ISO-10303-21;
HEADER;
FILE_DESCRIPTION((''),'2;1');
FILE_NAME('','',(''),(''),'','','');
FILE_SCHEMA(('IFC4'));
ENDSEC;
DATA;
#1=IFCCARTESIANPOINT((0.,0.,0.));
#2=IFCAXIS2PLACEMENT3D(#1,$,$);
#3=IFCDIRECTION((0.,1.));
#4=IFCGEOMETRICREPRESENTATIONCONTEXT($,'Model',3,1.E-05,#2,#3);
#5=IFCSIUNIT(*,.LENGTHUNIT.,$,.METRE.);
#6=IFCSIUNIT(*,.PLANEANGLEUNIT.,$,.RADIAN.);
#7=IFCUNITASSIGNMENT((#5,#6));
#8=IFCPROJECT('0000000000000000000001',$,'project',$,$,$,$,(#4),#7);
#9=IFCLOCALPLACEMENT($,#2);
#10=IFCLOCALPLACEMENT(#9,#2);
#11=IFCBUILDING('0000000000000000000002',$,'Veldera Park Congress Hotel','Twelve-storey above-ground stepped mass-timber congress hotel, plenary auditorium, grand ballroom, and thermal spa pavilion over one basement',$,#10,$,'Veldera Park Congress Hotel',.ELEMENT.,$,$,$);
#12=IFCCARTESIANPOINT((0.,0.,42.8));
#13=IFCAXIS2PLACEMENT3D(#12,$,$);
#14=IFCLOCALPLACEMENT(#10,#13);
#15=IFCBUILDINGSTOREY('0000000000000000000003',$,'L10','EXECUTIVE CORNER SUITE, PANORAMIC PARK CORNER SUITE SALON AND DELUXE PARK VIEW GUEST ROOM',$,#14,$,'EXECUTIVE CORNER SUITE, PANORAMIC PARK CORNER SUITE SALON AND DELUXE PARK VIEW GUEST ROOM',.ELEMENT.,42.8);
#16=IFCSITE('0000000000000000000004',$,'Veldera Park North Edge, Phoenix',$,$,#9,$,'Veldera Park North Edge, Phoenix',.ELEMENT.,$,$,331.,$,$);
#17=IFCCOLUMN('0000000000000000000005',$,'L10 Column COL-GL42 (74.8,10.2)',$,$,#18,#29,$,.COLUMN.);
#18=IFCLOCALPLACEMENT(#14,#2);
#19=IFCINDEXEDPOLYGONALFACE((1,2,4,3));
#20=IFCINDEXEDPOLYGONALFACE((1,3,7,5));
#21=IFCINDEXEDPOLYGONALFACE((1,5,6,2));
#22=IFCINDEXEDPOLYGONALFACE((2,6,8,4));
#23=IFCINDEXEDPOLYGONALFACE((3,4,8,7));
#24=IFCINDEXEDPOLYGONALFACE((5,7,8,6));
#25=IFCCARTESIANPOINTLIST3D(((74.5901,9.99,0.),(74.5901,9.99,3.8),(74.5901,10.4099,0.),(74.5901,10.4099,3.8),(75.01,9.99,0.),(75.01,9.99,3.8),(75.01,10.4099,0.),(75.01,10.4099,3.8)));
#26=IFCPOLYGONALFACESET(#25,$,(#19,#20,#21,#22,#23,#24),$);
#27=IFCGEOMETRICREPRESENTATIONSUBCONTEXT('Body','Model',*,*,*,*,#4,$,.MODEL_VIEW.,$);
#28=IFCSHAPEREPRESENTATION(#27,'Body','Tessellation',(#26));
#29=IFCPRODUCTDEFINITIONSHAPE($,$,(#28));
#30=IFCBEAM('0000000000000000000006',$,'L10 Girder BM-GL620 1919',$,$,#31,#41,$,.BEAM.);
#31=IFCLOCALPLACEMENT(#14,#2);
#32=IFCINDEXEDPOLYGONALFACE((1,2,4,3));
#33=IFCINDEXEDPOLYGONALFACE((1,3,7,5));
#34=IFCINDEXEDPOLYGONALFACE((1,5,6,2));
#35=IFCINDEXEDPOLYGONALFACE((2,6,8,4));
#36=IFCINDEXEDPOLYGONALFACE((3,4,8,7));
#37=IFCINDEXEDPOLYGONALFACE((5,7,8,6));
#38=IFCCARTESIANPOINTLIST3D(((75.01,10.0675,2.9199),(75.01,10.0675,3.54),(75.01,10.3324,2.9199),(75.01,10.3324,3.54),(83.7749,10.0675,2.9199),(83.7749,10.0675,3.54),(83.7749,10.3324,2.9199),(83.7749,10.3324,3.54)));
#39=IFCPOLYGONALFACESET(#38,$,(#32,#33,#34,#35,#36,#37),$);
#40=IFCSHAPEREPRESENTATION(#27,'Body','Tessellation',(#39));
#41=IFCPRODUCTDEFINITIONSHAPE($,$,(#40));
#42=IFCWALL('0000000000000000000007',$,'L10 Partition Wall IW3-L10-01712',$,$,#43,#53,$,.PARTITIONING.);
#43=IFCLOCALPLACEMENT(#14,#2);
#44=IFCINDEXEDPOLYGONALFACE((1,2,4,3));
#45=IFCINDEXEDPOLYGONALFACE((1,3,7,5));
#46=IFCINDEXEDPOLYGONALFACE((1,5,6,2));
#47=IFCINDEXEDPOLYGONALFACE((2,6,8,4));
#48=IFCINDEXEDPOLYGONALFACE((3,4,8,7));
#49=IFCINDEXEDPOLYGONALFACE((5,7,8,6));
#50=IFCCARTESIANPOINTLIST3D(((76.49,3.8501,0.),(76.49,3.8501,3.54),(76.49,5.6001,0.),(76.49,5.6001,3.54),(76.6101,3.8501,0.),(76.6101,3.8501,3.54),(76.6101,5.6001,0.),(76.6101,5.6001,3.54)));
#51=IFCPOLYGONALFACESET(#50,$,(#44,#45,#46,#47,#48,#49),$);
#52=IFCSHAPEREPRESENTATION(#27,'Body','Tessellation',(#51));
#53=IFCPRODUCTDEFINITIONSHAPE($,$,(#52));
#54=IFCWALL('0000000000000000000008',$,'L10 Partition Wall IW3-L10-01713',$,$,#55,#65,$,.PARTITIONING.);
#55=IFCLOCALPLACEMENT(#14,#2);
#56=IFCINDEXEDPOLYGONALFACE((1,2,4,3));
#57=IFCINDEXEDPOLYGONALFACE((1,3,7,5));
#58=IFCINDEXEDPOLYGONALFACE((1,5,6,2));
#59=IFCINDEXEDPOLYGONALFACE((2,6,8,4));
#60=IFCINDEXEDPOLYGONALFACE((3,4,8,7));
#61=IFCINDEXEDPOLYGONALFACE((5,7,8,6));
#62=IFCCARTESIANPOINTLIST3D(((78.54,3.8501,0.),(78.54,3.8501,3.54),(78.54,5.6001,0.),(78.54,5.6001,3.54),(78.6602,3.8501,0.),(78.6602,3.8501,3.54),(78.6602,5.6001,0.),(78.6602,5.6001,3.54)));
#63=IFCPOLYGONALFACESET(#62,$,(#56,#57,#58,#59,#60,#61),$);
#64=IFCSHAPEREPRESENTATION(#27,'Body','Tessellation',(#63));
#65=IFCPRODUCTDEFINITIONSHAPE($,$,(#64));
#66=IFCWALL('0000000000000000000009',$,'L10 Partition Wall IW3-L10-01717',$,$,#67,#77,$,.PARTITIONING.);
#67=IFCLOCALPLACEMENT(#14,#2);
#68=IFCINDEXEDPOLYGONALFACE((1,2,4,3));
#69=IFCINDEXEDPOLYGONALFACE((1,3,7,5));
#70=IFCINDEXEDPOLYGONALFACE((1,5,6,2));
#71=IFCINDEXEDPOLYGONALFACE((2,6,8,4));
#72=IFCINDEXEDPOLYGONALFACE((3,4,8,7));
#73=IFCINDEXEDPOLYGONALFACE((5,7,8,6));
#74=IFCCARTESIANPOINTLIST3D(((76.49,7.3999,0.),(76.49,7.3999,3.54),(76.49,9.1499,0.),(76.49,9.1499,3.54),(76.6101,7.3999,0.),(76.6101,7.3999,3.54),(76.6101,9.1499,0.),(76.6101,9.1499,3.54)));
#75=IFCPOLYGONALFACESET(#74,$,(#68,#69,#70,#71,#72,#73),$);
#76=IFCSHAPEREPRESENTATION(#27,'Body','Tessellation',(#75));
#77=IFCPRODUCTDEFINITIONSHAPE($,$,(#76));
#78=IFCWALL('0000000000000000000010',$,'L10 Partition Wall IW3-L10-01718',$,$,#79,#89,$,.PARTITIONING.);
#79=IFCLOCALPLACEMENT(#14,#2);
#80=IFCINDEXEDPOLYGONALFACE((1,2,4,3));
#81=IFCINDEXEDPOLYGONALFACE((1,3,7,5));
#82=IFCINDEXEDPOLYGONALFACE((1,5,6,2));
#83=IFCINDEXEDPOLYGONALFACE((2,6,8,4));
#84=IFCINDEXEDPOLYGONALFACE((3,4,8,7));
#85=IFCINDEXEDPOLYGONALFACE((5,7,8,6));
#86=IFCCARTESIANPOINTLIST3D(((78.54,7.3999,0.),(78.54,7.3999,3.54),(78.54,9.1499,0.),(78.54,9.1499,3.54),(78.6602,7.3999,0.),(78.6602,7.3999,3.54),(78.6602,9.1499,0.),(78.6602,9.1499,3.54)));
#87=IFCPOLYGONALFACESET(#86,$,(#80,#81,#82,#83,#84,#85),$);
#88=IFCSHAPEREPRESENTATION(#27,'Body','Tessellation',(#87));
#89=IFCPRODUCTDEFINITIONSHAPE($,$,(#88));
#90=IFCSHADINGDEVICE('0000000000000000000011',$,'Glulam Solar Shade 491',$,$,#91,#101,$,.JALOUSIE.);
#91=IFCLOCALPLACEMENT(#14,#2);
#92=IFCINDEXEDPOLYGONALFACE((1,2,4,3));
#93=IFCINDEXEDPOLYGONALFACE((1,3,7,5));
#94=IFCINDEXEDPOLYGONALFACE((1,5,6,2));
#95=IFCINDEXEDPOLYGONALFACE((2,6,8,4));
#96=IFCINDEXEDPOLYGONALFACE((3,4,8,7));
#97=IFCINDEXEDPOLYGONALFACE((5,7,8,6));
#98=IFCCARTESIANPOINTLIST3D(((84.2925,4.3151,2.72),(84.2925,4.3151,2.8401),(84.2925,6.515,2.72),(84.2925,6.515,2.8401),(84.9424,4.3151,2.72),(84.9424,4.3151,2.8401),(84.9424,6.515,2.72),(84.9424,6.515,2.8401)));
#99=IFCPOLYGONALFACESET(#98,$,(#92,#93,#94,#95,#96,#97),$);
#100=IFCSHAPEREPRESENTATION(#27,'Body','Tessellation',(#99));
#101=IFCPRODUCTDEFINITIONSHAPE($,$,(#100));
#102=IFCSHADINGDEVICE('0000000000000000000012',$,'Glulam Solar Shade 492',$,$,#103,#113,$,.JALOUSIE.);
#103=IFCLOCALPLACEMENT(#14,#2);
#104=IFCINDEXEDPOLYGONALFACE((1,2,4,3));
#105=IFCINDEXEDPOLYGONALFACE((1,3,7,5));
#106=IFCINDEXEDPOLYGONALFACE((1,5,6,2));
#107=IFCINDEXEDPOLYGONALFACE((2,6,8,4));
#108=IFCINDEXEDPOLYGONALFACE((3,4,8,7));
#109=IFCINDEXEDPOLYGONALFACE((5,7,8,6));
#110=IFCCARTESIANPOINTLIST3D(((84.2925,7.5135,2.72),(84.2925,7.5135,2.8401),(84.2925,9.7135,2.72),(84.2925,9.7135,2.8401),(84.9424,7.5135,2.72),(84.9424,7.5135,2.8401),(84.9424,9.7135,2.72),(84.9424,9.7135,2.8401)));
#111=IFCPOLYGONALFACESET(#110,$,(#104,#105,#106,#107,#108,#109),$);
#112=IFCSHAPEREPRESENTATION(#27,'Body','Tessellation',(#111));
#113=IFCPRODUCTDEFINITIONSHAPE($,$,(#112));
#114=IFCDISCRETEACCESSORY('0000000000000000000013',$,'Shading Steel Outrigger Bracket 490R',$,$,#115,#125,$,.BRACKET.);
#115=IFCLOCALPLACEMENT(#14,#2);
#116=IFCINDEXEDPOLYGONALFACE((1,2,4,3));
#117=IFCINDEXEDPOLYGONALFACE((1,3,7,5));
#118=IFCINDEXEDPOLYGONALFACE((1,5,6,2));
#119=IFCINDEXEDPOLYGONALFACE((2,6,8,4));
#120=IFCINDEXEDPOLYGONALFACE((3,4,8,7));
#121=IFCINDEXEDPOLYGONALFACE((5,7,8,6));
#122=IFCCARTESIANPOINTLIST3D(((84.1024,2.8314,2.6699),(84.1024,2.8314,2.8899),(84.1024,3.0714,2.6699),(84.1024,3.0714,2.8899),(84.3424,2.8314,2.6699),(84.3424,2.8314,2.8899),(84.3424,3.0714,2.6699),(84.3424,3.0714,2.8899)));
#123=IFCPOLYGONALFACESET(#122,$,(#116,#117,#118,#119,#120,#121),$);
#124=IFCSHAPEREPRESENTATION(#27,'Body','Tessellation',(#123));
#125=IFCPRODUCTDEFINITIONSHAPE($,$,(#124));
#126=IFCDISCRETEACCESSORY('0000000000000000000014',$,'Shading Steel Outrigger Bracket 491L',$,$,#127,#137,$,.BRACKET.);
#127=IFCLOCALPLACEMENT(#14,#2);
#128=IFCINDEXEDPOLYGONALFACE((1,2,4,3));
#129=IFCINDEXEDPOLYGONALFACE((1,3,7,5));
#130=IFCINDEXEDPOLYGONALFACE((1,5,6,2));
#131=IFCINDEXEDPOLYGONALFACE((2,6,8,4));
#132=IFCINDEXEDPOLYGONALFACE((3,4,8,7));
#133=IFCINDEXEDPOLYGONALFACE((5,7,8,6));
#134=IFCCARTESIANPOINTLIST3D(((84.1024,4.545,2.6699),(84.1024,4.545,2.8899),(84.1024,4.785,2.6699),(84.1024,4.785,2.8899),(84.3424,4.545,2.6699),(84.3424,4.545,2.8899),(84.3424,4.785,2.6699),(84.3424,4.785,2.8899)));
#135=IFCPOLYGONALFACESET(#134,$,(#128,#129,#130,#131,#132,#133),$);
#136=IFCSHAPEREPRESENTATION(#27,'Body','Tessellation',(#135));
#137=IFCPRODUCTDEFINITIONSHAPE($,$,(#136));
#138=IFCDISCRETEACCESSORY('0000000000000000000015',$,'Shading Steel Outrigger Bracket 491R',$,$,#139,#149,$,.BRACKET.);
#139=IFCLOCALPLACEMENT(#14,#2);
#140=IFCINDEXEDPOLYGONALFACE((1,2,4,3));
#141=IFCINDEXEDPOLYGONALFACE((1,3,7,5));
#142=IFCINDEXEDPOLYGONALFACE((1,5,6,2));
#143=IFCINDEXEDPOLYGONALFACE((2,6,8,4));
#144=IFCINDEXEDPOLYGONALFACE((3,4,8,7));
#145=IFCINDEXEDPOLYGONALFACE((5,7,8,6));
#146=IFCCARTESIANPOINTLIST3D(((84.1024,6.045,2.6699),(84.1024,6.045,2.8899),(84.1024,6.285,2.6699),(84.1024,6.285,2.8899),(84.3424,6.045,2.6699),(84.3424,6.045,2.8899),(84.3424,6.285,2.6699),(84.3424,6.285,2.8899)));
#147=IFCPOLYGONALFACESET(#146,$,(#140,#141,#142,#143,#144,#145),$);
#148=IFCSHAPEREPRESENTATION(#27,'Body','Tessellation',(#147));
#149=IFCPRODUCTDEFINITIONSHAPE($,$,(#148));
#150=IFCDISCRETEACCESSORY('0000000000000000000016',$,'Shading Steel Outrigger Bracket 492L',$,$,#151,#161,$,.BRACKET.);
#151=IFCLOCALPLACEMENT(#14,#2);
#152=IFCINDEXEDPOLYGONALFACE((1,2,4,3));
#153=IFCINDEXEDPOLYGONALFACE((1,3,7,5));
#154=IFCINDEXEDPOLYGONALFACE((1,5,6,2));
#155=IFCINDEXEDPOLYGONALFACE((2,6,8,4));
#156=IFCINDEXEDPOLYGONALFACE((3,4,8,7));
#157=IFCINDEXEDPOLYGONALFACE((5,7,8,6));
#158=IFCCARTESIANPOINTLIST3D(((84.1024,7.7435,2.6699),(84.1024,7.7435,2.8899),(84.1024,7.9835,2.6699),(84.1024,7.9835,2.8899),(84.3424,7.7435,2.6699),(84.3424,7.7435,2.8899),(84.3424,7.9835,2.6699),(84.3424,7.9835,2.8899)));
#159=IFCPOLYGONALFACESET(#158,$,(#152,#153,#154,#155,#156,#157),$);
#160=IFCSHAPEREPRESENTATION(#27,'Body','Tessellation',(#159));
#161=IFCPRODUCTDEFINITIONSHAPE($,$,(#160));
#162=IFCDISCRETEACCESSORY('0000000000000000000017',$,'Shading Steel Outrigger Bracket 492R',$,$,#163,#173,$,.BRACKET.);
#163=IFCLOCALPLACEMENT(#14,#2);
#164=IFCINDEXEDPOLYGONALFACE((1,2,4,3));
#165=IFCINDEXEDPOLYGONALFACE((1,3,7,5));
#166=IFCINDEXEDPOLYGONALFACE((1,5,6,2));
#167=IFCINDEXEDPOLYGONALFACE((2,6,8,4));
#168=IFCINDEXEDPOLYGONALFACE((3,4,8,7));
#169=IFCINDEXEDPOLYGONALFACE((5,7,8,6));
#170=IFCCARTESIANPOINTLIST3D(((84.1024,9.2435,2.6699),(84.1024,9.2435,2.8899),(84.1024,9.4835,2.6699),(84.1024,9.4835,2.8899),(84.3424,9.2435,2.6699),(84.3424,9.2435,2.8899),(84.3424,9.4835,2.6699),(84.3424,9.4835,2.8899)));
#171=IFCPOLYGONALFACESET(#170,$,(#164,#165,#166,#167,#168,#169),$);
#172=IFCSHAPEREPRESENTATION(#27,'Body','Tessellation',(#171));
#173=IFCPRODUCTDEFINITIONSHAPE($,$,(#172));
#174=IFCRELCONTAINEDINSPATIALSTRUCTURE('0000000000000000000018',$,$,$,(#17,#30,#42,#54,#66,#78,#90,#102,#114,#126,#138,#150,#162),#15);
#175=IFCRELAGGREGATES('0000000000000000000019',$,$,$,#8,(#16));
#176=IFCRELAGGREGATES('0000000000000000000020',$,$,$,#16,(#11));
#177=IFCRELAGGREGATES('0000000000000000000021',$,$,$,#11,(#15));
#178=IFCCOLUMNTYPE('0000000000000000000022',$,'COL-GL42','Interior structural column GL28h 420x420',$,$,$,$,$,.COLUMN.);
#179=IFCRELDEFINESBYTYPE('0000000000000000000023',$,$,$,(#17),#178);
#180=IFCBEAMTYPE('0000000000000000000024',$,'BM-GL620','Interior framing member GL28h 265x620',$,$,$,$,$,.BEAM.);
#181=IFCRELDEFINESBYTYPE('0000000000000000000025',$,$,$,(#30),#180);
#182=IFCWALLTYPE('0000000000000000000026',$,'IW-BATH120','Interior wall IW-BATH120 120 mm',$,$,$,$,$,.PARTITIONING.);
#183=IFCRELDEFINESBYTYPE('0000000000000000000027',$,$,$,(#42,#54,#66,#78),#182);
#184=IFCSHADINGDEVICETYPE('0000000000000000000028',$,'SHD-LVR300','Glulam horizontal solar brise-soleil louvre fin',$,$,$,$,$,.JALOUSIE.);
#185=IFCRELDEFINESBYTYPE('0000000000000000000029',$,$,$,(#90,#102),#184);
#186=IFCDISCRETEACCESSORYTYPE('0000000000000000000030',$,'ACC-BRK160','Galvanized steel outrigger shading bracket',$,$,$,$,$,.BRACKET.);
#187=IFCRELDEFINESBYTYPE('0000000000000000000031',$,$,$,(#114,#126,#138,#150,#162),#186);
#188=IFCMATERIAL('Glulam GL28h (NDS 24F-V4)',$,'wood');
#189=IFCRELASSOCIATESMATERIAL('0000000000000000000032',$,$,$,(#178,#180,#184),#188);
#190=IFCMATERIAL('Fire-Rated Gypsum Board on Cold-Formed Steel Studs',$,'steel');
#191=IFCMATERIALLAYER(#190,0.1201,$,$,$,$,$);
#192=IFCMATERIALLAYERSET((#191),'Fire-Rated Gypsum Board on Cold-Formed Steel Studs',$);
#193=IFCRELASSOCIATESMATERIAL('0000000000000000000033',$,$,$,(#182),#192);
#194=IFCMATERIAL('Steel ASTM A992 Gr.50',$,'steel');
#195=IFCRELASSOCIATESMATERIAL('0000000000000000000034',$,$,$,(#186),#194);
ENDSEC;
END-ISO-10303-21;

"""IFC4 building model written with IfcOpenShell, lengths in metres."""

from ifc_helpers import new_model, si_unit, direction, frame, frame_2d, origin, origin_2d, place, context, subcontext, project, spatial, rectangle, extrude, material, layer, layer_set, material_profile, profile_set, type_object, element, save


model = new_model("IFC4")

# Units and contexts
model_context = context("Model", 3, precision=1e-05, world=origin(), true_north=direction((0.0, 1.0)))
body_context = subcontext(model_context, "Body", "Model", "MODEL_VIEW")
ifc_project = project(units=[si_unit("LENGTHUNIT", "METRE"), si_unit("PLANEANGLEUNIT", "RADIAN")], contexts=[model_context])

# Site, building, storey
site_placement = place(None, origin())
site = spatial("IfcSite", under=ifc_project, at=site_placement, Name="Veldera Park North Edge, Phoenix", LongName="Veldera Park North Edge, Phoenix", CompositionType="ELEMENT", RefElevation=331.0)
building_placement = place(site_placement, origin())
building = spatial("IfcBuilding", under=site, at=building_placement, Name="Veldera Park Congress Hotel", Description="Twelve-storey above-ground stepped mass-timber congress hotel, plenary auditorium, grand ballroom, and thermal spa pavilion over one basement", LongName="Veldera Park Congress Hotel", CompositionType="ELEMENT")
storey_placement = place(building_placement, frame((0.0, 0.0, 42.8)))
storey = spatial("IfcBuildingStorey", under=building, at=storey_placement, Name="L10", Description="EXECUTIVE CORNER SUITE, PANORAMIC PARK CORNER SUITE SALON AND DELUXE PARK VIEW GUEST ROOM", LongName="EXECUTIVE CORNER SUITE, PANORAMIC PARK CORNER SUITE SALON AND DELUXE PARK VIEW GUEST ROOM", CompositionType="ELEMENT", Elevation=42.8)

# Column
ifc_material_1 = material(Name="Glulam GL28h (NDS 24F-V4)", Category="wood")
ifc_material_profile_1 = material_profile(ifc_material_1, rectangle(XDim=0.4199, YDim=0.4199, at=origin_2d()), Name="GL28h 420x420")
ifc_profile_set_1 = profile_set([ifc_material_profile_1], Name="Glulam GL28h (NDS 24F-V4)")
column_type = type_object("IfcColumnType", Name="COL-GL42", Description="Interior structural column GL28h 420x420", PredefinedType="COLUMN", material=ifc_profile_set_1)
column_placement = place(storey_placement, frame((74.8, 10.2, 0.0), z_axis=(0.0, 0.0, 1.0), x_axis=(1.0, 0.0, 0.0)))
element("IfcColumn", 1, at=column_placement, inside=storey, type_object=column_type, Name="L10 Column COL-GL42 (74.8,10.2)", PredefinedType="COLUMN", context=body_context, shape_type="SweptSolid", body=[
    extrude(rectangle(XDim=0.4199, YDim=0.4199, at=origin_2d()), origin(), (0.0, 0.0, 1.0), 3.8),
])

# Beam
ifc_material_profile_2 = material_profile(ifc_material_1, rectangle(XDim=0.2649, YDim=0.6201, at=origin_2d()), Name="GL28h 265x620")
ifc_profile_set_2 = profile_set([ifc_material_profile_2], Name="Glulam GL28h (NDS 24F-V4)")
beam_type = type_object("IfcBeamType", Name="BM-GL620", Description="Interior framing member GL28h 265x620", PredefinedType="BEAM", material=ifc_profile_set_2)
beam_placement = place(storey_placement, frame((75.01, 10.2, 3.23), z_axis=(1.0, 0.0, 0.0), x_axis=(0.0, 1.0, 0.0)))
element("IfcBeam", 2, at=beam_placement, inside=storey, type_object=beam_type, Name="L10 Girder BM-GL620 1919", PredefinedType="BEAM", context=body_context, shape_type="SweptSolid", body=[
    extrude(rectangle(XDim=0.2649, YDim=0.6201, at=origin_2d()), origin(), (0.0, 0.0, 1.0), 8.7649),
])

# Walls
ifc_material_2 = material(Name="Fire-Rated Gypsum Board on Cold-Formed Steel Studs", Category="steel")
ifc_layer = layer(ifc_material_2, 0.1201)
ifc_layer_set = layer_set([ifc_layer], Name="Fire-Rated Gypsum Board on Cold-Formed Steel Studs")
wall_type = type_object("IfcWallType", Name="IW-BATH120", Description="Interior wall IW-BATH120 120 mm", PredefinedType="PARTITIONING", material=ifc_layer_set)
for number, where, z_axis, x_axis, name in (
    (3, (76.55, 3.8501, 0.0), (0.0, 0.0, 1.0), (0.0, 1.0, 0.0), "L10 Partition Wall IW3-L10-01712"),
    (4, (78.6001, 3.8501, 0.0), (0.0, 0.0, 1.0), (0.0, 1.0, 0.0), "L10 Partition Wall IW3-L10-01713"),
):
    element("IfcWall", number, at=place(storey_placement, frame(where, z_axis=z_axis, x_axis=x_axis)), inside=storey, type_object=wall_type, Name=name, PredefinedType="PARTITIONING", context=body_context, shape_type="SweptSolid", body=[
        extrude(rectangle(XDim=1.75, YDim=0.1201, at=frame_2d((0.875, 0.0))), origin(), (0.0, 0.0, 1.0), 3.54),
    ])

# Walls
for number, where, z_axis, x_axis, name in (
    (5, (76.55, 7.3999, 0.0), (0.0, 0.0, 1.0), (0.0, 1.0, 0.0), "L10 Partition Wall IW3-L10-01717"),
    (6, (78.6001, 7.3999, 0.0), (0.0, 0.0, 1.0), (0.0, 1.0, 0.0), "L10 Partition Wall IW3-L10-01718"),
):
    element("IfcWall", number, at=place(storey_placement, frame(where, z_axis=z_axis, x_axis=x_axis)), inside=storey, type_object=wall_type, Name=name, PredefinedType="PARTITIONING", context=body_context, shape_type="SweptSolid", body=[
        extrude(rectangle(XDim=1.75, YDim=0.1201, at=frame_2d((0.875, 0.0))), origin(), (0.0, 0.0, 1.0), 3.54),
    ])

# Shading devices
shading_device_type = type_object("IfcShadingDeviceType", Name="SHD-LVR300", Description="Glulam horizontal solar brise-soleil louvre fin", PredefinedType="JALOUSIE", material=ifc_material_1)
for number, where, z_axis, x_axis, name in (
    (7, (84.6174, 5.415, 2.72), (0.0, 0.0, 1.0), (0.0, 1.0, 0.0), "Glulam Solar Shade 491"),
    (8, (84.6174, 8.6135, 2.72), (0.0, 0.0, 1.0), (0.0, 1.0, 0.0), "Glulam Solar Shade 492"),
):
    element("IfcShadingDevice", number, at=place(storey_placement, frame(where, z_axis=z_axis, x_axis=x_axis)), inside=storey, type_object=shading_device_type, Name=name, PredefinedType="JALOUSIE", context=body_context, shape_type="SweptSolid", body=[
        extrude(rectangle(XDim=2.2, YDim=0.6499, at=origin_2d()), origin(), (0.0, 0.0, 1.0), 0.1201),
    ])

# Discrete accessories
ifc_material_3 = material(Name="Steel ASTM A992 Gr.50", Category="steel")
discrete_accessory_type = type_object("IfcDiscreteAccessoryType", Name="ACC-BRK160", Description="Galvanized steel outrigger shading bracket", PredefinedType="BRACKET", material=ifc_material_3)
for number, where, z_axis, x_axis, name in (
    (9, (84.2224, 2.9514, 2.6699), (0.0, 0.0, 1.0), (0.0, 1.0, 0.0), "Shading Steel Outrigger Bracket 490R"),
    (10, (84.2224, 4.665, 2.6699), (0.0, 0.0, 1.0), (0.0, 1.0, 0.0), "Shading Steel Outrigger Bracket 491L"),
    (11, (84.2224, 6.165, 2.6699), (0.0, 0.0, 1.0), (0.0, 1.0, 0.0), "Shading Steel Outrigger Bracket 491R"),
    (12, (84.2224, 7.8635, 2.6699), (0.0, 0.0, 1.0), (0.0, 1.0, 0.0), "Shading Steel Outrigger Bracket 492L"),
    (13, (84.2224, 9.3635, 2.6699), (0.0, 0.0, 1.0), (0.0, 1.0, 0.0), "Shading Steel Outrigger Bracket 492R"),
):
    element("IfcDiscreteAccessory", number, at=place(storey_placement, frame(where, z_axis=z_axis, x_axis=x_axis)), inside=storey, type_object=discrete_accessory_type, Name=name, PredefinedType="BRACKET", context=body_context, shape_type="SweptSolid", body=[
        extrude(rectangle(XDim=0.24, YDim=0.24, at=origin_2d()), origin(), (0.0, 0.0, 1.0), 0.22),
    ])

save(model, "model.ifc")
